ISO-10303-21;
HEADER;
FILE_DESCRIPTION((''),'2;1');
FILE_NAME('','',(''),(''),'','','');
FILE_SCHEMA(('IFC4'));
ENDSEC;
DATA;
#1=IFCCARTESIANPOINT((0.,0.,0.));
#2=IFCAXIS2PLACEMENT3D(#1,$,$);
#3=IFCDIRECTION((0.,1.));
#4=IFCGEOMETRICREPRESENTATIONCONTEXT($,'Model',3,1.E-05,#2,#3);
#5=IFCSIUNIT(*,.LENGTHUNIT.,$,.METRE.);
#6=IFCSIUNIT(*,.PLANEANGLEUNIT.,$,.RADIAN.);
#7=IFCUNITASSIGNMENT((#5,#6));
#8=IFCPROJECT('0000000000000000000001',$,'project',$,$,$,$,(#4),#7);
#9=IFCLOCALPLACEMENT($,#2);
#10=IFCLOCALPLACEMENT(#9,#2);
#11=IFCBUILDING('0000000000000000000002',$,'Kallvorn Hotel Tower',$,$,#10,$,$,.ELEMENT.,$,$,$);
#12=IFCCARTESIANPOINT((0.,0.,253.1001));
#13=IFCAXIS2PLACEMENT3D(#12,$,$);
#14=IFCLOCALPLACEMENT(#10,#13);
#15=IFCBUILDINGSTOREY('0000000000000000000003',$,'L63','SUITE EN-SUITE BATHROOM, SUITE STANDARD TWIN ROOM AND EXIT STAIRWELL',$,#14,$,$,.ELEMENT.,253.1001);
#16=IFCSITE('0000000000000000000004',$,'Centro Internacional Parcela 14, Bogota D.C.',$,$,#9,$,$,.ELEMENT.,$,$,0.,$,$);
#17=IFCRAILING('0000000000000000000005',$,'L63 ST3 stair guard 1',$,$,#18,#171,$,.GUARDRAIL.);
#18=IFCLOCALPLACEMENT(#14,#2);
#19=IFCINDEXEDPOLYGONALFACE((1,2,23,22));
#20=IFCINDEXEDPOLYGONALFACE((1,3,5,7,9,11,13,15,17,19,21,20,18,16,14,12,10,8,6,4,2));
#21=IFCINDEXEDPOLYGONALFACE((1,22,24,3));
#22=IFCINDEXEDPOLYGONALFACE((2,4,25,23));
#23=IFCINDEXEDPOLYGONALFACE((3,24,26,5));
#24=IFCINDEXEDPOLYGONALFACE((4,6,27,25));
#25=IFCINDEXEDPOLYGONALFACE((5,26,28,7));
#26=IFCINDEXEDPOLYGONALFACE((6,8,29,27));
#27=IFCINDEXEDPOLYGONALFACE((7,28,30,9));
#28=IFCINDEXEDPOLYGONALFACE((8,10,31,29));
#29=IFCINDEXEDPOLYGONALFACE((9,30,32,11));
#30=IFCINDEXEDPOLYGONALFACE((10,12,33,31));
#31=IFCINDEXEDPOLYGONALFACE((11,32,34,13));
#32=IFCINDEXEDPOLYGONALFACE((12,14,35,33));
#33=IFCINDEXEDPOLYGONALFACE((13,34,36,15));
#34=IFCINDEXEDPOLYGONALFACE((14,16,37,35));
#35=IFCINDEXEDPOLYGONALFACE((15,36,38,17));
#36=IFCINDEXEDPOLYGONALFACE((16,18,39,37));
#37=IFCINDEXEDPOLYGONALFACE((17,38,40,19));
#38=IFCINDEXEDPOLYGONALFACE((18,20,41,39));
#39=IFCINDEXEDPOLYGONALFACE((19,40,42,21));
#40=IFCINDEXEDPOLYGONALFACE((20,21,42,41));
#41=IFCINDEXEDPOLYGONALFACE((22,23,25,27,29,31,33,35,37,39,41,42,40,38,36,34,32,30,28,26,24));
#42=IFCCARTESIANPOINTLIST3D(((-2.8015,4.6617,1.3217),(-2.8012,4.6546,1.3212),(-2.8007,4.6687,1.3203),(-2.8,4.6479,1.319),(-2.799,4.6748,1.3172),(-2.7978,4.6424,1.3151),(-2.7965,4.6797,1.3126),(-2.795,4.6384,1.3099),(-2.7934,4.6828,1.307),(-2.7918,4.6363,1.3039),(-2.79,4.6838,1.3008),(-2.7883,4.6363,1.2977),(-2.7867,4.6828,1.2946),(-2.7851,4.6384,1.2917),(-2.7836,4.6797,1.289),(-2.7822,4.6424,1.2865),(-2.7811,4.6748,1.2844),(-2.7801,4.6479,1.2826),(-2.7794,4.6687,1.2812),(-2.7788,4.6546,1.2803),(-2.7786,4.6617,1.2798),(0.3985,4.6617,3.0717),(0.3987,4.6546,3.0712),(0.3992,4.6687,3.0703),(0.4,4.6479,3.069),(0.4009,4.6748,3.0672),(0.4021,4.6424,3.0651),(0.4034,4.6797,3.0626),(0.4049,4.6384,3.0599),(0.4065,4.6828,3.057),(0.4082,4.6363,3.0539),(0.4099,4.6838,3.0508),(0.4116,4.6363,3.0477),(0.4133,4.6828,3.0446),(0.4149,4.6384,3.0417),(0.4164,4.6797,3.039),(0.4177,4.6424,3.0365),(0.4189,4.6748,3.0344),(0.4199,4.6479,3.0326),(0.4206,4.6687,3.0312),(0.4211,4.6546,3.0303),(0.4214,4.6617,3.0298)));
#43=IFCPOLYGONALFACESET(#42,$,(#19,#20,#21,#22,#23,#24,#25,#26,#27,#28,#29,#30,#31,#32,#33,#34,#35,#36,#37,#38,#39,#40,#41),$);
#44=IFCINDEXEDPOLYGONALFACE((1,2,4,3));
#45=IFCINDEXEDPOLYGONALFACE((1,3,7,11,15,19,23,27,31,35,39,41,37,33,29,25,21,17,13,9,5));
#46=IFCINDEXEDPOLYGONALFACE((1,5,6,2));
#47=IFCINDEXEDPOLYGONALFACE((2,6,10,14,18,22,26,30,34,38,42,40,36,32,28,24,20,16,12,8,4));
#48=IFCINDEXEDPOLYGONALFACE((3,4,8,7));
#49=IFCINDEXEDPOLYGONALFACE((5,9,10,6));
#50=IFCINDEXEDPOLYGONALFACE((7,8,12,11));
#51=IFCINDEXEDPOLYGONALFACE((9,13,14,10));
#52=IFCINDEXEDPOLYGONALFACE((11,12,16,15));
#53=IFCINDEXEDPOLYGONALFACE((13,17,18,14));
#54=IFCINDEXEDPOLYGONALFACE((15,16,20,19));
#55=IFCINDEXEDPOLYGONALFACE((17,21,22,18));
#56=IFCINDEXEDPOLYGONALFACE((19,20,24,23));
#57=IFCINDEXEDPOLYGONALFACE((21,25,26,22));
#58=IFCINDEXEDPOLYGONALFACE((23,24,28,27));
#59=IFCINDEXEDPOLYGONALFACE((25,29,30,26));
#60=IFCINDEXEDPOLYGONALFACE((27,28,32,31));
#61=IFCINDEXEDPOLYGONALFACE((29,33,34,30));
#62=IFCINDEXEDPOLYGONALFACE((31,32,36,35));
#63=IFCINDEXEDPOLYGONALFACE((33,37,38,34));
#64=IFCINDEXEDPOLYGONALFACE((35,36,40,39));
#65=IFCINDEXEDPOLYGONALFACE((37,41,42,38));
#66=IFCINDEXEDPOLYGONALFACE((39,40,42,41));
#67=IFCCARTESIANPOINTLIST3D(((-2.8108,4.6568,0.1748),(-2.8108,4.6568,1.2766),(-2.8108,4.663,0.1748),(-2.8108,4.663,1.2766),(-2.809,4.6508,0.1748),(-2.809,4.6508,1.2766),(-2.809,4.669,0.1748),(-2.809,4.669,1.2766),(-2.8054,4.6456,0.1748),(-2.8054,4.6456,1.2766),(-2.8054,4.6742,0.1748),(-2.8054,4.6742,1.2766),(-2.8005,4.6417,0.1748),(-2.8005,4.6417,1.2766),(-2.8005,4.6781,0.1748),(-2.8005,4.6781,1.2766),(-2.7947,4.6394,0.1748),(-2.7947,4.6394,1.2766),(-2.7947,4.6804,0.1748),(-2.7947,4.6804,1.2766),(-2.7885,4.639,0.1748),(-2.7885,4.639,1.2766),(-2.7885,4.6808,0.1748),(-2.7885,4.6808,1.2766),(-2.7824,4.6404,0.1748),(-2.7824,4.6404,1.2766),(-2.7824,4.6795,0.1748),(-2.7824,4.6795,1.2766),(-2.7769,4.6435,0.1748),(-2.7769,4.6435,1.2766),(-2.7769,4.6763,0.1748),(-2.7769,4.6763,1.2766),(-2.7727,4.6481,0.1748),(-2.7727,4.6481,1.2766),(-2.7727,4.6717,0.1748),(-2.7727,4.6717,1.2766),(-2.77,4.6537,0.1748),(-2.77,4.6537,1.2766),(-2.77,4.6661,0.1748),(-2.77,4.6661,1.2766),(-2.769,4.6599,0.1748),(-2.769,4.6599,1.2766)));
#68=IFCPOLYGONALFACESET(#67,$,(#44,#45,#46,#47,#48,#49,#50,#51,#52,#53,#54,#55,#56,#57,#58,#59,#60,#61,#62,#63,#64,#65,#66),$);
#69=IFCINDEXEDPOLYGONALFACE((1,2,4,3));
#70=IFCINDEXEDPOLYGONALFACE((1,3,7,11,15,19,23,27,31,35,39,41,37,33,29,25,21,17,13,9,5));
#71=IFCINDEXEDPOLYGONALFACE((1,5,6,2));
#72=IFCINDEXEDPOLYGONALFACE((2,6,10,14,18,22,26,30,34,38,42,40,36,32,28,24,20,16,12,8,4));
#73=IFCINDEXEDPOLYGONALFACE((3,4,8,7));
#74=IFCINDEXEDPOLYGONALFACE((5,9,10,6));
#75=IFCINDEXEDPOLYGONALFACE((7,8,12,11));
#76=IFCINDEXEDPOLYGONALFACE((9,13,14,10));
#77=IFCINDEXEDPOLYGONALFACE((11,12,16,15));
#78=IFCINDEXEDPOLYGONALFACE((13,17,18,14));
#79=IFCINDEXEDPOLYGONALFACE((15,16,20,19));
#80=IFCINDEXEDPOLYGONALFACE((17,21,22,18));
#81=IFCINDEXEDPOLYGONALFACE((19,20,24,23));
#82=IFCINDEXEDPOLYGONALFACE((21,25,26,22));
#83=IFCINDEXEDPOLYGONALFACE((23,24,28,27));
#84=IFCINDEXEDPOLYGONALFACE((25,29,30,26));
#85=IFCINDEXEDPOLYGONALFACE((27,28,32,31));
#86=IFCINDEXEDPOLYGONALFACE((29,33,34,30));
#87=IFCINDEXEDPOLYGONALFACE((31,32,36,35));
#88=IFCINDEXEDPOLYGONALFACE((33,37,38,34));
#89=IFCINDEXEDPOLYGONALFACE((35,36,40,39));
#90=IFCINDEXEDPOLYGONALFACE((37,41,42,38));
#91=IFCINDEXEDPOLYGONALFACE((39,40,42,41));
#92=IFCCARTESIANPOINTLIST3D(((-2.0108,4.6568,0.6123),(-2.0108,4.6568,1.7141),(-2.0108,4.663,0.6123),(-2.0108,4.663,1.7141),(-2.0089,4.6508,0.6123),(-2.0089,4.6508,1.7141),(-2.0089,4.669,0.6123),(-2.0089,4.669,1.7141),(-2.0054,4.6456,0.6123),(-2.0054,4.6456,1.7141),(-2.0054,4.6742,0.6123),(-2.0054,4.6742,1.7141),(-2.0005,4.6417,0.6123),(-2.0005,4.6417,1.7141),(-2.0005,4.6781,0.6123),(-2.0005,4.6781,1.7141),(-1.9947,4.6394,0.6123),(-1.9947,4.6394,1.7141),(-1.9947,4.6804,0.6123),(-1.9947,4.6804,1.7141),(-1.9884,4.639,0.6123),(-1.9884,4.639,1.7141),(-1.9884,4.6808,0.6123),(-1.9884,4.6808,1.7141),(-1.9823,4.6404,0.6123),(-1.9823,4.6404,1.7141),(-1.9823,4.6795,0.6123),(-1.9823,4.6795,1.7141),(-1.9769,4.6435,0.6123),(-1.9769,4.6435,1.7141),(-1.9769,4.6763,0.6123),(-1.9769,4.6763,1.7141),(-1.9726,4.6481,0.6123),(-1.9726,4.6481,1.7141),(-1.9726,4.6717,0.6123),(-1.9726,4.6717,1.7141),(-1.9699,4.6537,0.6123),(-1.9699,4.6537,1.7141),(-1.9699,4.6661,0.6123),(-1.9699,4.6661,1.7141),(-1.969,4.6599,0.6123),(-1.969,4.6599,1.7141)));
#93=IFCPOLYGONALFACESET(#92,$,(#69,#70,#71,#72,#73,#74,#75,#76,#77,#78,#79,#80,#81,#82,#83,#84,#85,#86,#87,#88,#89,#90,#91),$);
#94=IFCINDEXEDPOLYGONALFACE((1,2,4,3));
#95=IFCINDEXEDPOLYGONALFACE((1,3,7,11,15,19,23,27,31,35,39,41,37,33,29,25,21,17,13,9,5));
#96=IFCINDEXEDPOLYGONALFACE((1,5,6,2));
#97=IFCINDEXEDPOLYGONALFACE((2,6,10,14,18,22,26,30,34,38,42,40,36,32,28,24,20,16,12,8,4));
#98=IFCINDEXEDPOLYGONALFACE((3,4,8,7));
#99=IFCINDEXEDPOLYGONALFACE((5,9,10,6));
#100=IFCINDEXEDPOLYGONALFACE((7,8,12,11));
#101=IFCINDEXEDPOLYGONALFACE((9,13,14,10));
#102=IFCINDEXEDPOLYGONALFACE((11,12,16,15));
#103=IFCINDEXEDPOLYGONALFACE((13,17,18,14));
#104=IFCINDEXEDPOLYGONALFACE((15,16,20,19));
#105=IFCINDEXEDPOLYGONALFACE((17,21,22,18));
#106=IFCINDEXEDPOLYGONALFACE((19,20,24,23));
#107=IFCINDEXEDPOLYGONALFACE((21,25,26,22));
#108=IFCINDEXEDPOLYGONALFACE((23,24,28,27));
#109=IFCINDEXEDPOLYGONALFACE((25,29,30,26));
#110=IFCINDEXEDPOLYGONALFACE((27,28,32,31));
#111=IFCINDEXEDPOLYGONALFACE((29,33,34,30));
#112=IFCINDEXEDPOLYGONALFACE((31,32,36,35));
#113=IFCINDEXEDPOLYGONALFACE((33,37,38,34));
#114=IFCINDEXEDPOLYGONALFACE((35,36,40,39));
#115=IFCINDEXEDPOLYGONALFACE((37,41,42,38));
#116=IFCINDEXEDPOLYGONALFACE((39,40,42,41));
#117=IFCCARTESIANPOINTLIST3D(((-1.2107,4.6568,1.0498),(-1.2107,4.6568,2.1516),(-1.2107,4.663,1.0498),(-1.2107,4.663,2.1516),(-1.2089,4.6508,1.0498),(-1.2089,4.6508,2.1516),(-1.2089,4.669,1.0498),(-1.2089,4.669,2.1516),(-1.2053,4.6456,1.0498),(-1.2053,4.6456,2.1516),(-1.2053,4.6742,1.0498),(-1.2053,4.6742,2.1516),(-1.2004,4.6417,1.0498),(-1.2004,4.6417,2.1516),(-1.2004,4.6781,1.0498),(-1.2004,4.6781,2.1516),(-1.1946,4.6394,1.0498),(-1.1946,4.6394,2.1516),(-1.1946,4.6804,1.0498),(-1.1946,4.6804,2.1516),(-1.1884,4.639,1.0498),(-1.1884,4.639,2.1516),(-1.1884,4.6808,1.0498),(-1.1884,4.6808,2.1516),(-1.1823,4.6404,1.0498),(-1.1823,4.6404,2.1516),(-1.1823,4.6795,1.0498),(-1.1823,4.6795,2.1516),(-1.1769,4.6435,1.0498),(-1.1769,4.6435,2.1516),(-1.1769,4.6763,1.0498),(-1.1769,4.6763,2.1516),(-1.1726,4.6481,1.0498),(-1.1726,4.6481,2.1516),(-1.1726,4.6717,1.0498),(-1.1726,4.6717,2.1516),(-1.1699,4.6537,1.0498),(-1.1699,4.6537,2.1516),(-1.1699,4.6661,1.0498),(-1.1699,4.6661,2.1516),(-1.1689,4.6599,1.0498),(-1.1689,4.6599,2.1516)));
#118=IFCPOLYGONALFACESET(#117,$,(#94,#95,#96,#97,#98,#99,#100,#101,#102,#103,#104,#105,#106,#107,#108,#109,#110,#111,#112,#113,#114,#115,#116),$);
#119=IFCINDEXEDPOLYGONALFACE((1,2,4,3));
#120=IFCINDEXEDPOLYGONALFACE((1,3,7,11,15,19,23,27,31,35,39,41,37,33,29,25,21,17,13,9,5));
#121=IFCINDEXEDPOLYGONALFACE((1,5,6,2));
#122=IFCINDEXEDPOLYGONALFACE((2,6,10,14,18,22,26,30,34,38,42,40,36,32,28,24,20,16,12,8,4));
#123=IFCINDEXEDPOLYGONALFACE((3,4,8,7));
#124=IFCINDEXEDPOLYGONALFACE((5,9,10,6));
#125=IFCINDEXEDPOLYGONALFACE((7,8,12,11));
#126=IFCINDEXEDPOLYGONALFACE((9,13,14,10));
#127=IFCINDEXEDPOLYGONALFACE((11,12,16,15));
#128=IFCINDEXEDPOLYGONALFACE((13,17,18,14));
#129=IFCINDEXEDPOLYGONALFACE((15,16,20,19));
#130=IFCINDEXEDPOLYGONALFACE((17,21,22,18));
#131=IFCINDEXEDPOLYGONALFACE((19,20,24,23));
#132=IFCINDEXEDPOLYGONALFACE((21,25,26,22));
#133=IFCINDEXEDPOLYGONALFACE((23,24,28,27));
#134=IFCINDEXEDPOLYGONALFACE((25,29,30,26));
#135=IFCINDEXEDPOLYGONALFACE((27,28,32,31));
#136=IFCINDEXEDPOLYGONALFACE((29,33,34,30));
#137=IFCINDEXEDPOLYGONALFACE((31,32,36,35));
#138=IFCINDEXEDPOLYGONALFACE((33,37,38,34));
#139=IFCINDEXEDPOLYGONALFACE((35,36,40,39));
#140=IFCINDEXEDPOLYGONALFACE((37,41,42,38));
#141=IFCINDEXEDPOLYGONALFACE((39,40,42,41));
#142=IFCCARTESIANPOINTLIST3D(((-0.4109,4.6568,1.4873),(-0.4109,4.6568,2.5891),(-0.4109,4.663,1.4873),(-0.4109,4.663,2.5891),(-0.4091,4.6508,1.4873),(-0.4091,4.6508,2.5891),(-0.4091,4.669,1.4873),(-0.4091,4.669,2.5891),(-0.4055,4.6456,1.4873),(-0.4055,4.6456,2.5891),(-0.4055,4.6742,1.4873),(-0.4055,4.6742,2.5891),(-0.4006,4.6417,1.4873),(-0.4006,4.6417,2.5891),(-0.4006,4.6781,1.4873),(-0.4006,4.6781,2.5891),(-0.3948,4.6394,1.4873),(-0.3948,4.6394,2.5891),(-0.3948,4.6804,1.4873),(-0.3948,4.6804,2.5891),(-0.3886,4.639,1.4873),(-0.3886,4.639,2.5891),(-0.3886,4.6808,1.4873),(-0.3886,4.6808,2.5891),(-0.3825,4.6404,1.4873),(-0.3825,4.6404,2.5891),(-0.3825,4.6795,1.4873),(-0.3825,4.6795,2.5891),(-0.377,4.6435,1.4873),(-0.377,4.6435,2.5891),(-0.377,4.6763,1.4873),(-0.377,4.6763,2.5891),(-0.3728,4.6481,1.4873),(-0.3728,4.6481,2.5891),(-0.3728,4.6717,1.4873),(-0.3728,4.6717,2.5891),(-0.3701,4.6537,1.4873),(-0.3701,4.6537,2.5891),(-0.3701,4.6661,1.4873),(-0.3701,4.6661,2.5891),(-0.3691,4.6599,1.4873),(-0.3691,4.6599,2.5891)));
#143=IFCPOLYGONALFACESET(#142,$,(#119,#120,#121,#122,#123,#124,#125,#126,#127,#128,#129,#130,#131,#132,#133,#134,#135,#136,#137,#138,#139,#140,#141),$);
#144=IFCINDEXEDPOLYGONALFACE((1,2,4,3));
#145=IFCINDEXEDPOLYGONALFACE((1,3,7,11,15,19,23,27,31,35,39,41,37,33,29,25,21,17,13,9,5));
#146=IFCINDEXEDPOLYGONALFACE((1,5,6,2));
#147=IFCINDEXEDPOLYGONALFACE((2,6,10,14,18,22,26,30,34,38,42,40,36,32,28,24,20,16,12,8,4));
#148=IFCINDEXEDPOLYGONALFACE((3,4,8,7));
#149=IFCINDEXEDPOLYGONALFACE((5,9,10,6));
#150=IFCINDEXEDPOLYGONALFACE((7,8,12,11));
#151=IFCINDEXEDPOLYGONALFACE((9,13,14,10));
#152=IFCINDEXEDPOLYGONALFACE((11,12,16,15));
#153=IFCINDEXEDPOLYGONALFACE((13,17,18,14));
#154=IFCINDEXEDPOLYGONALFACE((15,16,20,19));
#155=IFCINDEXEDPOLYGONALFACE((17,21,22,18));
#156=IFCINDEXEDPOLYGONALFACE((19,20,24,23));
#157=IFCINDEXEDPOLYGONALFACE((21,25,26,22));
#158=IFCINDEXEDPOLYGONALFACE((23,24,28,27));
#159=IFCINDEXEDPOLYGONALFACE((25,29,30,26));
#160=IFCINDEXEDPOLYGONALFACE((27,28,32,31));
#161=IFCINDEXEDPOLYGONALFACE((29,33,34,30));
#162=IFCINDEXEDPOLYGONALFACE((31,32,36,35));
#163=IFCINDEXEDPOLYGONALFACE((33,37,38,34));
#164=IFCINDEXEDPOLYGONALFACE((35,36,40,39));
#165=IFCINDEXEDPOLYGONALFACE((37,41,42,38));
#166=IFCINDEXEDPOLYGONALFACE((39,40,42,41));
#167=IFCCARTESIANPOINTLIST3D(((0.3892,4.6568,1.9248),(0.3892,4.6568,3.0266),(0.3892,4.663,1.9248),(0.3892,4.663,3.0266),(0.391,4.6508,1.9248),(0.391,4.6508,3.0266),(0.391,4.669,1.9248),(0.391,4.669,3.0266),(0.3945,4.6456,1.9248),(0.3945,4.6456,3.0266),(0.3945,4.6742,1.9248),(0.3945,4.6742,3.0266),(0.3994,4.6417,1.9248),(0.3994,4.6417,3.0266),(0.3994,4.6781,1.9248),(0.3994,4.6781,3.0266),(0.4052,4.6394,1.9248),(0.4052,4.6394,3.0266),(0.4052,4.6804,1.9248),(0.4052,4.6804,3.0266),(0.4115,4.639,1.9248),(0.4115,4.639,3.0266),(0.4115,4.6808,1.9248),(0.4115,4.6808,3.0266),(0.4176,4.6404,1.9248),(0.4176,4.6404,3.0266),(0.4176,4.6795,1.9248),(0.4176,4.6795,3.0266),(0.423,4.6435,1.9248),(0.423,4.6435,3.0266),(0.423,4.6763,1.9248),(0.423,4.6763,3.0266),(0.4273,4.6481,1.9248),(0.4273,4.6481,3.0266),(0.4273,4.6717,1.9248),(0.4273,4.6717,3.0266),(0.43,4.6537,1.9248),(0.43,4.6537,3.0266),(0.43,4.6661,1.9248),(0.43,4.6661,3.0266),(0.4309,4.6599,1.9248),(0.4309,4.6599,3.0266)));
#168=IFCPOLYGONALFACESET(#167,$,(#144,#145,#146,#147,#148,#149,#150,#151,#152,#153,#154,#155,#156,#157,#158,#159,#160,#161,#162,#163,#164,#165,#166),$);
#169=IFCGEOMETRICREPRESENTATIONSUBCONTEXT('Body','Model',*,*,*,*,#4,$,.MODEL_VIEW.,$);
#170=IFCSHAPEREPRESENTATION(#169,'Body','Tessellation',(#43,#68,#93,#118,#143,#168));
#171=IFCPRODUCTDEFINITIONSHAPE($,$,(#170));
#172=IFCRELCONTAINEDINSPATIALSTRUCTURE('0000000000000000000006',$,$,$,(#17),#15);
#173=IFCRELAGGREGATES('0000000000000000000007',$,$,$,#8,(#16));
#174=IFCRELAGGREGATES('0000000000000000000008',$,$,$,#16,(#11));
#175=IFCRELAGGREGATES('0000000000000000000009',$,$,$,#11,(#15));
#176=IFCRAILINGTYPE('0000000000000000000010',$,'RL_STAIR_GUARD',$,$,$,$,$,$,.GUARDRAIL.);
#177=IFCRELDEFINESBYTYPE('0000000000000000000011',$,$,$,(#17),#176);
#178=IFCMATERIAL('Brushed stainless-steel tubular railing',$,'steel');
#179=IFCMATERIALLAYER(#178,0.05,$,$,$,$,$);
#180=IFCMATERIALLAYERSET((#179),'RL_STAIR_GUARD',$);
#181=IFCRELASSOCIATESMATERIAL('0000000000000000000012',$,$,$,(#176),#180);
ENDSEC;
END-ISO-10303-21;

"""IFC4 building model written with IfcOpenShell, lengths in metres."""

from ifc_helpers import new_model, si_unit, direction, frame, origin, origin_2d, place, context, subcontext, project, spatial, circle, extrude, material, layer, layer_set, type_object, element, save


model = new_model("IFC4")

# Units and contexts
model_context = context("Model", 3, precision=1e-05, world=origin(), true_north=direction((0.0, 1.0)))
body_context = subcontext(model_context, "Body", "Model", "MODEL_VIEW")
ifc_project = project(units=[si_unit("LENGTHUNIT", "METRE"), si_unit("PLANEANGLEUNIT", "RADIAN")], contexts=[model_context])

# Site, building, storey
site_placement = place(None, origin())
site = spatial("IfcSite", under=ifc_project, at=site_placement, Name="Centro Internacional Parcela 14, Bogota D.C.", CompositionType="ELEMENT", RefElevation=0.0)
building_placement = place(site_placement, origin())
building = spatial("IfcBuilding", under=site, at=building_placement, Name="Kallvorn Hotel Tower", CompositionType="ELEMENT")
storey_placement = place(building_placement, frame((0.0, 0.0, 253.1001)))
storey = spatial("IfcBuildingStorey", under=building, at=storey_placement, Name="L63", Description="SUITE EN-SUITE BATHROOM, SUITE STANDARD TWIN ROOM AND EXIT STAIRWELL", CompositionType="ELEMENT", Elevation=253.1001)

# Railing
ifc_material_1 = material(Name="Brushed stainless-steel tubular railing", Category="steel")
ifc_layer_1 = layer(ifc_material_1, 0.05)
ifc_layer_set_1 = layer_set([ifc_layer_1], Name="RL_STAIR_GUARD")
railing_type_1 = type_object("IfcRailingType", Name="RL_STAIR_GUARD", PredefinedType="GUARDRAIL", material=ifc_layer_set_1)
railing_1_placement = place(storey_placement, frame((-2.79, 4.6599, 0.1748)))
element("IfcRailing", 1, at=railing_1_placement, inside=storey, type_object=railing_type_1, Name="L63 ST3 stair guard 1", PredefinedType="GUARDRAIL", context=body_context, shape_type="SweptSolid", body=[
    extrude(circle(Radius=0.0239, at=origin_2d()), frame((0.0, 0.0, 1.126), z_axis=(0.877368, 0.0, 0.479818), x_axis=(0.0, 1.0, 0.0)), (0.0, 0.0, 1.0), 3.6472),
    extrude(circle(Radius=0.021, at=origin_2d()), origin(), (0.0, 0.0, 1.0), 1.1018),
    extrude(circle(Radius=0.021, at=origin_2d()), frame((0.8, 0.0, 0.4375)), (0.0, 0.0, 1.0), 1.1018),
    extrude(circle(Radius=0.021, at=origin_2d()), frame((1.6001, 0.0, 0.875)), (0.0, 0.0, 1.0), 1.1018),
    extrude(circle(Radius=0.021, at=origin_2d()), frame((2.3999, 0.0, 1.3125)), (0.0, 0.0, 1.0), 1.1018),
    extrude(circle(Radius=0.021, at=origin_2d()), frame((3.2, 0.0, 1.75)), (0.0, 0.0, 1.0), 1.1018),
])

save(model, "model.ifc")
